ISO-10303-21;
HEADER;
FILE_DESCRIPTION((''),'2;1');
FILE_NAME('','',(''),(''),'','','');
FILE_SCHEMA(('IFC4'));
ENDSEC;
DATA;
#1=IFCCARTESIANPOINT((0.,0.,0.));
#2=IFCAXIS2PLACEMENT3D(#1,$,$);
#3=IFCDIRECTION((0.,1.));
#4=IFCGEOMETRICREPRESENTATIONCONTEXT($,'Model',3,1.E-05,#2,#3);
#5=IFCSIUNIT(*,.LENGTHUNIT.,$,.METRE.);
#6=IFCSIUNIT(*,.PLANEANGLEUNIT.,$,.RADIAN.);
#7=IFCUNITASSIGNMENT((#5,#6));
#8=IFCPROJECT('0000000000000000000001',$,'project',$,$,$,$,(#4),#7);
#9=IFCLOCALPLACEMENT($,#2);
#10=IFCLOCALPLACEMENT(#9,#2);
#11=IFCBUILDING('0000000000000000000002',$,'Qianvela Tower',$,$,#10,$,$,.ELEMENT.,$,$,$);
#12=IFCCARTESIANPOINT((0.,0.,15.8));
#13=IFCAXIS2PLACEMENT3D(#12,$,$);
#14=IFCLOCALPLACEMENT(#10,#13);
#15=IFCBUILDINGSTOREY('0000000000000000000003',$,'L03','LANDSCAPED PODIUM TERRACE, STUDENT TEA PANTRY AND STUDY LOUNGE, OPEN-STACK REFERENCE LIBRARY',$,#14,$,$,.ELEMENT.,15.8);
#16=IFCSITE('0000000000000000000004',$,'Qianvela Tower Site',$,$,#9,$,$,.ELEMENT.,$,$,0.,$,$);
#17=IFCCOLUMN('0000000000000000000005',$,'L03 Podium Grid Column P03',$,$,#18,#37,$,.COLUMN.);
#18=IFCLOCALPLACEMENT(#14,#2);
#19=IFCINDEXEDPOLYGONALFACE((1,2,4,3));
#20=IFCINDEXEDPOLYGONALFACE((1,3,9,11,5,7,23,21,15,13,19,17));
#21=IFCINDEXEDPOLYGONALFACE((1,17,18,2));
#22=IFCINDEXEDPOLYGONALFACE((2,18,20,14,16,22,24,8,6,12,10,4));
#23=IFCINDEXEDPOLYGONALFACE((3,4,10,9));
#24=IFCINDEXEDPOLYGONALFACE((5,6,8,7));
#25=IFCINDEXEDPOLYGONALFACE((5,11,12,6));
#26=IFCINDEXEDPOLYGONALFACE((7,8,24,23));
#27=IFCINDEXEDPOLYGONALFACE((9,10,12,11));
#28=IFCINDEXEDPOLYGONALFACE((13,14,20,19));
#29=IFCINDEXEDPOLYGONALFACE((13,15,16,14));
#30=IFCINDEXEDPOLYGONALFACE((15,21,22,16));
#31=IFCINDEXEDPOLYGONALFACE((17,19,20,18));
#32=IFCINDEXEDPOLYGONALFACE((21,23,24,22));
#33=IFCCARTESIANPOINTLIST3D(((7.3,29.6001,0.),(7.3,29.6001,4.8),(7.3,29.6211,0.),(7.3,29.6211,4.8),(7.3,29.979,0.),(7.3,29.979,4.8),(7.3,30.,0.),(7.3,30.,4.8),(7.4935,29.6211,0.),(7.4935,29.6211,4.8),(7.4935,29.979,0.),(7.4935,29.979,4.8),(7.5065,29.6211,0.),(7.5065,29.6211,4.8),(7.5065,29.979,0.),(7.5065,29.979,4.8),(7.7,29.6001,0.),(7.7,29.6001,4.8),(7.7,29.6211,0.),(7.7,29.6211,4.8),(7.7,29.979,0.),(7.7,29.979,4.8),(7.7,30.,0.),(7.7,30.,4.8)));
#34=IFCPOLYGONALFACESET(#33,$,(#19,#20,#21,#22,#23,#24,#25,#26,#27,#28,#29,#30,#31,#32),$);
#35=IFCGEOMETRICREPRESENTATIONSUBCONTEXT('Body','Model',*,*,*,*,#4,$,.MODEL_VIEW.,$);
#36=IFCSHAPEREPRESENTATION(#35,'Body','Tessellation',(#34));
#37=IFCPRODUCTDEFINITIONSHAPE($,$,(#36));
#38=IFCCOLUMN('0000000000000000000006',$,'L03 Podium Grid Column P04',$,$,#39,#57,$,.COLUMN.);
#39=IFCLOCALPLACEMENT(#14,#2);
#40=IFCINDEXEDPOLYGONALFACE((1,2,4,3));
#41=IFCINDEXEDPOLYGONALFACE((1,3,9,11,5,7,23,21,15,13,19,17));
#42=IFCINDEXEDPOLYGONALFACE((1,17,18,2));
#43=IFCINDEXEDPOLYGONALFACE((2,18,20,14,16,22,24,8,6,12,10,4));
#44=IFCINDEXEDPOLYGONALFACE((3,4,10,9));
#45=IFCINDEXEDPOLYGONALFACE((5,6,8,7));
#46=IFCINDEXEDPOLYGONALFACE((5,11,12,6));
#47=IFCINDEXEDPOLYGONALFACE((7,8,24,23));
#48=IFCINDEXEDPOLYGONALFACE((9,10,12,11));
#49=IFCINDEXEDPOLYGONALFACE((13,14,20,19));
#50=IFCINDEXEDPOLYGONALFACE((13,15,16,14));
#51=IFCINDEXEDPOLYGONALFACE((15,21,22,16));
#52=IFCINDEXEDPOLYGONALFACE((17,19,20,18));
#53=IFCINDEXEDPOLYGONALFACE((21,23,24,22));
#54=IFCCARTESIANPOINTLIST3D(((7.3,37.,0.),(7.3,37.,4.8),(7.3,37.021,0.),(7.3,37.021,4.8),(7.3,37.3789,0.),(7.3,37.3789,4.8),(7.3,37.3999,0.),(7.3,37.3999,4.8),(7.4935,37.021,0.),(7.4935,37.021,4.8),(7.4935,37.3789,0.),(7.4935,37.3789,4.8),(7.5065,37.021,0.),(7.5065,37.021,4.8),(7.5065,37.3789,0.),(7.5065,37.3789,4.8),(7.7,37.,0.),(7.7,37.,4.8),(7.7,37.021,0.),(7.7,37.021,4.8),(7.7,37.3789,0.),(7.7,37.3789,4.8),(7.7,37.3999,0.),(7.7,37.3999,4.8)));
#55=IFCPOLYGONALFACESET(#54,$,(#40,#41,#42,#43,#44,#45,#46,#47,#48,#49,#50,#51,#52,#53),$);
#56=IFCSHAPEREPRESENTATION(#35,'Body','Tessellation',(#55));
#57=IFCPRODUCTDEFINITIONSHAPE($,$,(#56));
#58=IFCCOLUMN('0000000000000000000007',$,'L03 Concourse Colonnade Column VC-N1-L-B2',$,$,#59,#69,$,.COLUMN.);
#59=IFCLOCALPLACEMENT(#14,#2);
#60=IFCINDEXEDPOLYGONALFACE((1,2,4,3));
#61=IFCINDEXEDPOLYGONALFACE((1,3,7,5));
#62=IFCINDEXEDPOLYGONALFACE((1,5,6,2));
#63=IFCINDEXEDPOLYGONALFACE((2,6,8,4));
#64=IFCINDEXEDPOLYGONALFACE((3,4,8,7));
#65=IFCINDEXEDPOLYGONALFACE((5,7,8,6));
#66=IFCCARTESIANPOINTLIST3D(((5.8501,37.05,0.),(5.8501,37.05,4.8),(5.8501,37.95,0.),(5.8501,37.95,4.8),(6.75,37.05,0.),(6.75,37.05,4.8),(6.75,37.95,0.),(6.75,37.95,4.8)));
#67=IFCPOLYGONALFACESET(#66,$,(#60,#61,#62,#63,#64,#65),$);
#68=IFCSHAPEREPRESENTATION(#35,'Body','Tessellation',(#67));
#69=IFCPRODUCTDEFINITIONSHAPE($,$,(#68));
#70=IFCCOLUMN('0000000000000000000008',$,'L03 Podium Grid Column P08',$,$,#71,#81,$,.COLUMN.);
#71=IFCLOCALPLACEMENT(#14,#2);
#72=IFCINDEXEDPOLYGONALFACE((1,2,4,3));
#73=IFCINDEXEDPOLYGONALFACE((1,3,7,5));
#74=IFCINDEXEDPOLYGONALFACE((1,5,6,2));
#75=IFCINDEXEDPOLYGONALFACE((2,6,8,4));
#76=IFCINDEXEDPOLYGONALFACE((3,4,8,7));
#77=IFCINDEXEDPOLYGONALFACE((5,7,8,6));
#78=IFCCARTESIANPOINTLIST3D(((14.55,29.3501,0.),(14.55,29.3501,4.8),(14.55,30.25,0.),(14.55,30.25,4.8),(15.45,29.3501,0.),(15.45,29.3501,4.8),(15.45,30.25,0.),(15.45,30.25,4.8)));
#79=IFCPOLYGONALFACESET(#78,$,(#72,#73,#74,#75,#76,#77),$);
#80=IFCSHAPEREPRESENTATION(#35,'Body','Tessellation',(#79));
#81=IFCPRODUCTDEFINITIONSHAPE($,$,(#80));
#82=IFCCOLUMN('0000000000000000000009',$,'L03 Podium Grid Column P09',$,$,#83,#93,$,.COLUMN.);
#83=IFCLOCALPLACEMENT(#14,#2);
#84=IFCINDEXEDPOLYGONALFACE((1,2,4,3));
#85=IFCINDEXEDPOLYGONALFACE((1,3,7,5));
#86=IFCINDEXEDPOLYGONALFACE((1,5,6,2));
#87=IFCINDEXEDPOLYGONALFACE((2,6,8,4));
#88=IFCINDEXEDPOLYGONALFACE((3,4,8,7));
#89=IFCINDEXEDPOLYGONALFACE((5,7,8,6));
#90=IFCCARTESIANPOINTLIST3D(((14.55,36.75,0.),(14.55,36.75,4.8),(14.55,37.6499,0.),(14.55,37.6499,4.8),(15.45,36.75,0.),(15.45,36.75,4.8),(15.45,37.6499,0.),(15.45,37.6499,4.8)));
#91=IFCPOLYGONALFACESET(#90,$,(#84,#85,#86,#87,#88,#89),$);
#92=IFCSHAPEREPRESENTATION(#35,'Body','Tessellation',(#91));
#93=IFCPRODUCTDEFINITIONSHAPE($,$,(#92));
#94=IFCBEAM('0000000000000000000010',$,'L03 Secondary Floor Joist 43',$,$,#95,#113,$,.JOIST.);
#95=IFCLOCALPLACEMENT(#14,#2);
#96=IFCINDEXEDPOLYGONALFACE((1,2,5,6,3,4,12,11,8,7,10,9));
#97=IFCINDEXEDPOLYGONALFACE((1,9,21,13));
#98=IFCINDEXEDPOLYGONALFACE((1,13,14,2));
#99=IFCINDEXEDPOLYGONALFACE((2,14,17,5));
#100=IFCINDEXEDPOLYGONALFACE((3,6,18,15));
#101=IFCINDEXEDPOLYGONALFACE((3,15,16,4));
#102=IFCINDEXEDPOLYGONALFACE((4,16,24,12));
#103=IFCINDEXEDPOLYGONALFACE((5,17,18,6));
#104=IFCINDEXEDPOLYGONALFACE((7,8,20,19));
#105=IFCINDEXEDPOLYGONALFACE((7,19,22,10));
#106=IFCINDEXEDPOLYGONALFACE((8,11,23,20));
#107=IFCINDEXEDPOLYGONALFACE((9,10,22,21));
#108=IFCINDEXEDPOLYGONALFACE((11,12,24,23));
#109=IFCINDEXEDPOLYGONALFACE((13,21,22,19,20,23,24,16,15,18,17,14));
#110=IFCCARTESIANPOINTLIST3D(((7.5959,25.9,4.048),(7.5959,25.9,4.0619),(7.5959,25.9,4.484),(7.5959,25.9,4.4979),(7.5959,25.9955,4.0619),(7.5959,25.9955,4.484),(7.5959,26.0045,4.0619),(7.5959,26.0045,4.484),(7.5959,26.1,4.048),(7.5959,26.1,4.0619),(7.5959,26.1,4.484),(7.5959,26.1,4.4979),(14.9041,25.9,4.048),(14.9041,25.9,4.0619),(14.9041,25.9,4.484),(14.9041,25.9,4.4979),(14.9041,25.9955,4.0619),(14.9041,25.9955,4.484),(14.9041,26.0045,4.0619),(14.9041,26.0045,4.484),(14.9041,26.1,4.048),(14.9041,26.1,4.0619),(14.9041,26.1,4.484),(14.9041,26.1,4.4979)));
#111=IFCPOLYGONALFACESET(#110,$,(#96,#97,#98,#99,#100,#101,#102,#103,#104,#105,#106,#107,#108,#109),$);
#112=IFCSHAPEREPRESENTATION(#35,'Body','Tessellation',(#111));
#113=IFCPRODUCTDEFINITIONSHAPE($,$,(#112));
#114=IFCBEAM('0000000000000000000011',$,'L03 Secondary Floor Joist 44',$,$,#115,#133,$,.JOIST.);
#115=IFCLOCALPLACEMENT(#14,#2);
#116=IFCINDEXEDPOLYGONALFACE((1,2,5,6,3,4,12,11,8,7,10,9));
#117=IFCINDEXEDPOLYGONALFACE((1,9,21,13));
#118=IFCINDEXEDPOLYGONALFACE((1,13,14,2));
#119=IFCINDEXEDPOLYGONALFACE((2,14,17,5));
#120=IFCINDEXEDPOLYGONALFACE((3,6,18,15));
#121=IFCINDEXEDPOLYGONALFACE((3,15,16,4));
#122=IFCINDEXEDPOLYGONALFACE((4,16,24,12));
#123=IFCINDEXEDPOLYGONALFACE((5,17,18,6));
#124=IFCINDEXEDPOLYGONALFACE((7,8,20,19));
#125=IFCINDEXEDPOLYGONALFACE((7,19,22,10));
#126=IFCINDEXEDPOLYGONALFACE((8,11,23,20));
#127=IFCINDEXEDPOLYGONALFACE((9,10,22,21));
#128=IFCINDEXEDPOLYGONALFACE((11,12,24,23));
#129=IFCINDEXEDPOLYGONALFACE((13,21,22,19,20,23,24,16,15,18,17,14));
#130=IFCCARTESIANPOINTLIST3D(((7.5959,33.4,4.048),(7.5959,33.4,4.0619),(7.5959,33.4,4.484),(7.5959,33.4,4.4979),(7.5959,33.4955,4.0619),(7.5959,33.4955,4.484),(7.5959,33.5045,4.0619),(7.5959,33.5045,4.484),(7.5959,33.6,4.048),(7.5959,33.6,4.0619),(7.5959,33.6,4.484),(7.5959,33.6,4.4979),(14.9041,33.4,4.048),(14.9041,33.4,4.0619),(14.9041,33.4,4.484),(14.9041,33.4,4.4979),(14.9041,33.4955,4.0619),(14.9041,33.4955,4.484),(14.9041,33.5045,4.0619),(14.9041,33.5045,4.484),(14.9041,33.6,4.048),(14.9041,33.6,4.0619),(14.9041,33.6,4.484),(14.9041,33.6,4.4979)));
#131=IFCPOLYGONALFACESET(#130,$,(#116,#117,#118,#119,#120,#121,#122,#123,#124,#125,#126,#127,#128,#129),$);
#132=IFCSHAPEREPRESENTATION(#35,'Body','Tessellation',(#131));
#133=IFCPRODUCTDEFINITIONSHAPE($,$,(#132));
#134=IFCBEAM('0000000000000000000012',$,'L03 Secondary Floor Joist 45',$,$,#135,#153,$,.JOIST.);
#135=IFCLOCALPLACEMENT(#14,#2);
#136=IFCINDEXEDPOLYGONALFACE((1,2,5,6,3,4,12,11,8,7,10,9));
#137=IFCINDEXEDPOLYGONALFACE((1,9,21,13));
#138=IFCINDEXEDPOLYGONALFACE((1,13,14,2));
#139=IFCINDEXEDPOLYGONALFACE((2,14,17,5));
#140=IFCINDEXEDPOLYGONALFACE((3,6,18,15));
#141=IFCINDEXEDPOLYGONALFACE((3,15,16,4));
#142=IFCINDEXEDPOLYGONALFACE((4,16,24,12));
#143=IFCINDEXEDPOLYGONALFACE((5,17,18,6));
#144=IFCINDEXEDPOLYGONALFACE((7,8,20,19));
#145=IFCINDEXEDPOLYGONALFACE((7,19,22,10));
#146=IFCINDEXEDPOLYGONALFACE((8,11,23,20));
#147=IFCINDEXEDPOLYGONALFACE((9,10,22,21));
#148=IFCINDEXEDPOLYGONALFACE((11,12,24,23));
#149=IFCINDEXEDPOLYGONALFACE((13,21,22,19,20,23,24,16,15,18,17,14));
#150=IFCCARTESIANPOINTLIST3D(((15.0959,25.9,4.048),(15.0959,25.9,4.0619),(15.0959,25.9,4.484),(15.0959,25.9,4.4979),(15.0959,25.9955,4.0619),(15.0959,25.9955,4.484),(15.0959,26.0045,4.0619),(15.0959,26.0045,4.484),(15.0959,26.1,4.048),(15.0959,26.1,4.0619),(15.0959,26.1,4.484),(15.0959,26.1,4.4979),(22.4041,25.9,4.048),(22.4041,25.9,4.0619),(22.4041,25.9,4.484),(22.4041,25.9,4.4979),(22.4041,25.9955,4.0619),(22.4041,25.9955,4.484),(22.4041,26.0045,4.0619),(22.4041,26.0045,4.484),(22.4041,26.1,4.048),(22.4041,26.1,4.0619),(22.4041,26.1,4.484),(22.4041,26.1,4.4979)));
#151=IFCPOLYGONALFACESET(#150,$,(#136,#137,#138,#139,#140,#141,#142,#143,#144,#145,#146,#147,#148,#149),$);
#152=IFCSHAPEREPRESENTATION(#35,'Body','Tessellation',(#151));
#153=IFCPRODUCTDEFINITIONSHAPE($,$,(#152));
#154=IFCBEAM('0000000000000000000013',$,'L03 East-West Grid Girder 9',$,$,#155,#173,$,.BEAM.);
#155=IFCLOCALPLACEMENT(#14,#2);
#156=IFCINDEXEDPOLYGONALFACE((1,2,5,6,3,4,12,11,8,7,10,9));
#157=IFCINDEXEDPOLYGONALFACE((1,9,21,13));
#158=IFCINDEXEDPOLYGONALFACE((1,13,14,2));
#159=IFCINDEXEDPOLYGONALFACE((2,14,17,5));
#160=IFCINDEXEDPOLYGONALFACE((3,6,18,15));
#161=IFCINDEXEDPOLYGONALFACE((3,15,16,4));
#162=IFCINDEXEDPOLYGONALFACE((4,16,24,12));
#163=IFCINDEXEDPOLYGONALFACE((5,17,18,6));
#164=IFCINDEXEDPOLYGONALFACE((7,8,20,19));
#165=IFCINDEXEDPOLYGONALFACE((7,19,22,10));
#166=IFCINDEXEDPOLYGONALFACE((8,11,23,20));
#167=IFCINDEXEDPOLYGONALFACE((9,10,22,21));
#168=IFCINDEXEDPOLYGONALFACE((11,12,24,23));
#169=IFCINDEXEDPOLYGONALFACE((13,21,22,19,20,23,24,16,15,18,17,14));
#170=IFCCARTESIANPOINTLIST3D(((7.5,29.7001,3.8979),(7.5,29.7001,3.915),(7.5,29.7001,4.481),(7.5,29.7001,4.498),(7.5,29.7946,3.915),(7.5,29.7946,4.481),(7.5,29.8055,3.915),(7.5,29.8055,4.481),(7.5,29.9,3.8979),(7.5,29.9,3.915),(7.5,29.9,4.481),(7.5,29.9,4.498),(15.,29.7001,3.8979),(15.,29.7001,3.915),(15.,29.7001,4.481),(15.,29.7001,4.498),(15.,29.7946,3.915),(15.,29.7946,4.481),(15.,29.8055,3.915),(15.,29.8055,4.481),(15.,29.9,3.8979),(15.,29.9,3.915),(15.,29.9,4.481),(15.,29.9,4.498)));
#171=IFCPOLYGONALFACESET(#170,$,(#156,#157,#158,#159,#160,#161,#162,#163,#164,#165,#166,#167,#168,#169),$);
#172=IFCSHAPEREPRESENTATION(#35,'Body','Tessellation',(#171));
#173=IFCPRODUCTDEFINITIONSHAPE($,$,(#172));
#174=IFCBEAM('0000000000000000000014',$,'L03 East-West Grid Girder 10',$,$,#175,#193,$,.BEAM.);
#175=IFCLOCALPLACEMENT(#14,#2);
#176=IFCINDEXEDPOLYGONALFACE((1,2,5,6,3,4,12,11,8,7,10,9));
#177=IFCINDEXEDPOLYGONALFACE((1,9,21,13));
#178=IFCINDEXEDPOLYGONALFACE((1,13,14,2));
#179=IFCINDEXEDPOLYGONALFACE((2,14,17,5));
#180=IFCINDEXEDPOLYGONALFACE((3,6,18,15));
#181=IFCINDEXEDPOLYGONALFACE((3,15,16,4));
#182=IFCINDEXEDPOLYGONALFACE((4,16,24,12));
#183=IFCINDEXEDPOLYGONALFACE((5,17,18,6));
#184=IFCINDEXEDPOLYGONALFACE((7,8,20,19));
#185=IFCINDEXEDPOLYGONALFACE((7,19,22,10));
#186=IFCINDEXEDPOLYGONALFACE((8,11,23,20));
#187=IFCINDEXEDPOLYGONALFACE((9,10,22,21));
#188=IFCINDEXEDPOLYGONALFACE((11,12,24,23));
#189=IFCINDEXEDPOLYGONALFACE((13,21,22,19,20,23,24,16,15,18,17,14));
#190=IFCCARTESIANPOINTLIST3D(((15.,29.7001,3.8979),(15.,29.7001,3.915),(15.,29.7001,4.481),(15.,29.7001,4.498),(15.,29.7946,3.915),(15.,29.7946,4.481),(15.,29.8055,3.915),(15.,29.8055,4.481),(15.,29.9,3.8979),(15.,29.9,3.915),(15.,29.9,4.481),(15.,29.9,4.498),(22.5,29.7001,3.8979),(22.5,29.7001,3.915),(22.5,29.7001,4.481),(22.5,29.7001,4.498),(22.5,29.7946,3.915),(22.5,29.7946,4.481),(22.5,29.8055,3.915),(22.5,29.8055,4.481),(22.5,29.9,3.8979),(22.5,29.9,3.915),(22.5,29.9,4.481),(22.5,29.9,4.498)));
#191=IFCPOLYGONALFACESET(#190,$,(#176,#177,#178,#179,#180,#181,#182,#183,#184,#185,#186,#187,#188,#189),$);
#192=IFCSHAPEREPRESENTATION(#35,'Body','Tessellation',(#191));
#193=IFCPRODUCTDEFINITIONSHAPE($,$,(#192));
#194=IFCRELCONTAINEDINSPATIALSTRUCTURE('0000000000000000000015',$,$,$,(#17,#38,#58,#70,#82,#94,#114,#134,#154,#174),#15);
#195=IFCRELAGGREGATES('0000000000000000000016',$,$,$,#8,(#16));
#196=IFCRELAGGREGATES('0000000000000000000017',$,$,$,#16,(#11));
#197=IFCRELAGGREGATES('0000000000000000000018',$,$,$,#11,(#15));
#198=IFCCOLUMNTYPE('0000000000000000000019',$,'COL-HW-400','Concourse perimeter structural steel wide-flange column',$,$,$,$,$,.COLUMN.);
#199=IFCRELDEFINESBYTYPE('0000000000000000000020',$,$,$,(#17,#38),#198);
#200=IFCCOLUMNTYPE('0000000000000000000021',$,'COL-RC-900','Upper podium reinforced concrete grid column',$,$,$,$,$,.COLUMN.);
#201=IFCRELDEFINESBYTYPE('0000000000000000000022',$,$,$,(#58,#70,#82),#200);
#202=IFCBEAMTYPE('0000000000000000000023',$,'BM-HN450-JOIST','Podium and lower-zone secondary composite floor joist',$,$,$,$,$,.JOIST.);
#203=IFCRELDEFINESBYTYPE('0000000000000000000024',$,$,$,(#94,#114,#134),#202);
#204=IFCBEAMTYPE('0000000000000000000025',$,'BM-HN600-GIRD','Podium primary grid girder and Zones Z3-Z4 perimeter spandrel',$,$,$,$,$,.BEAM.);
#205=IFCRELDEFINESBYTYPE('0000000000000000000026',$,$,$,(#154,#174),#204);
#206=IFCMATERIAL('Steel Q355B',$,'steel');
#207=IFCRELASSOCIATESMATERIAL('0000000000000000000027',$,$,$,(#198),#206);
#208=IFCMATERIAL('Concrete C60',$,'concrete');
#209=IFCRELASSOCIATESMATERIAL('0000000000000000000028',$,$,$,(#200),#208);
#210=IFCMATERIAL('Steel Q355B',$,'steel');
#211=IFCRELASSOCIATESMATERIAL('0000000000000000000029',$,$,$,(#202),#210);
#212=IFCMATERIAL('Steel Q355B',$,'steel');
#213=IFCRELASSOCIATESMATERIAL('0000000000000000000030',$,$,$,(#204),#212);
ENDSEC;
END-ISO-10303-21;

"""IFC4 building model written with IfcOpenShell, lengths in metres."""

from ifc_helpers import new_model, si_unit, direction, frame, origin, origin_2d, place, context, subcontext, project, spatial, rectangle, i_section, extrude, material, material_profile, profile_set, type_object, element, save


model = new_model("IFC4")

# Units and contexts
model_context = context("Model", 3, precision=1e-05, world=origin(), true_north=direction((0.0, 1.0)))
body_context = subcontext(model_context, "Body", "Model", "MODEL_VIEW")
ifc_project = project(units=[si_unit("LENGTHUNIT", "METRE"), si_unit("PLANEANGLEUNIT", "RADIAN")], contexts=[model_context])

# Site, building, storey
site_placement = place(None, origin())
site = spatial("IfcSite", under=ifc_project, at=site_placement, Name="Qianvela Tower Site", CompositionType="ELEMENT", RefElevation=0.0)
building_placement = place(site_placement, origin())
building = spatial("IfcBuilding", under=site, at=building_placement, Name="Qianvela Tower", CompositionType="ELEMENT")
storey_placement = place(building_placement, frame((0.0, 0.0, 15.8)))
storey = spatial("IfcBuildingStorey", under=building, at=storey_placement, Name="L03", Description="LANDSCAPED PODIUM TERRACE, STUDENT TEA PANTRY AND STUDY LOUNGE, OPEN-STACK REFERENCE LIBRARY", CompositionType="ELEMENT", Elevation=15.8)

# Columns
ifc_material_1 = material(Name="Steel Q355B", Category="steel")
ifc_material_profile_1 = material_profile(ifc_material_1, i_section(OverallWidth=0.3999, OverallDepth=0.3999, WebThickness=0.0129, FlangeThickness=0.021, at=origin_2d()), Name="HW400x400x13x21")
ifc_profile_set_1 = profile_set([ifc_material_profile_1], Name="Steel Q355B")
column_type_1 = type_object("IfcColumnType", Name="COL-HW-400", Description="Concourse perimeter structural steel wide-flange column", PredefinedType="COLUMN", material=ifc_profile_set_1)
for number, where, z_axis, x_axis, name in (
    (1, (7.5, 29.8, 0.0), (0.0, 0.0, 1.0), (1.0, 0.0, 0.0), "L03 Podium Grid Column P03"),
    (2, (7.5, 37.2, 0.0), (0.0, 0.0, 1.0), (1.0, 0.0, 0.0), "L03 Podium Grid Column P04"),
):
    element("IfcColumn", number, at=place(storey_placement, frame(where, z_axis=z_axis, x_axis=x_axis)), inside=storey, type_object=column_type_1, Name=name, PredefinedType="COLUMN", context=body_context, shape_type="SweptSolid", body=[
        extrude(i_section(OverallWidth=0.3999, OverallDepth=0.3999, WebThickness=0.0129, FlangeThickness=0.021, at=origin_2d()), origin(), (0.0, 0.0, 1.0), 4.8),
    ])
ifc_material_2 = material(Name="Concrete C60", Category="concrete")
ifc_material_profile_2 = material_profile(ifc_material_2, rectangle(XDim=0.8999, YDim=0.8999, at=origin_2d()), Name="RC-COL-900x900")
ifc_profile_set_2 = profile_set([ifc_material_profile_2], Name="Concrete C60")
column_type_2 = type_object("IfcColumnType", Name="COL-RC-900", Description="Upper podium reinforced concrete grid column", PredefinedType="COLUMN", material=ifc_profile_set_2)
for number, where, z_axis, x_axis, name in (
    (3, (6.3, 37.5, 0.0), (0.0, 0.0, 1.0), (1.0, 0.0, 0.0), "L03 Concourse Colonnade Column VC-N1-L-B2"),
    (4, (15.0, 29.8, 0.0), (0.0, 0.0, 1.0), (1.0, 0.0, 0.0), "L03 Podium Grid Column P08"),
    (5, (15.0, 37.2, 0.0), (0.0, 0.0, 1.0), (1.0, 0.0, 0.0), "L03 Podium Grid Column P09"),
):
    element("IfcColumn", number, at=place(storey_placement, frame(where, z_axis=z_axis, x_axis=x_axis)), inside=storey, type_object=column_type_2, Name=name, PredefinedType="COLUMN", context=body_context, shape_type="SweptSolid", body=[
        extrude(rectangle(XDim=0.8999, YDim=0.8999, at=origin_2d()), origin(), (0.0, 0.0, 1.0), 4.8),
    ])

# Beams
ifc_material_3 = material(Name="Steel Q355B", Category="steel")
ifc_material_profile_3 = material_profile(ifc_material_3, i_section(OverallWidth=0.2, OverallDepth=0.45, WebThickness=0.009, FlangeThickness=0.0139, at=origin_2d()), Name="HN450x200x9x14")
ifc_profile_set_3 = profile_set([ifc_material_profile_3], Name="Steel Q355B")
beam_type_1 = type_object("IfcBeamType", Name="BM-HN450-JOIST", Description="Podium and lower-zone secondary composite floor joist", PredefinedType="JOIST", material=ifc_profile_set_3)
for number, where, z_axis, x_axis, name in (
    (6, (7.5959, 26.0, 4.2729), (1.0, 0.0, 0.0), (0.0, 1.0, 0.0), "L03 Secondary Floor Joist 43"),
    (7, (7.5959, 33.5, 4.2729), (1.0, 0.0, 0.0), (0.0, 1.0, 0.0), "L03 Secondary Floor Joist 44"),
    (8, (15.0959, 26.0, 4.2729), (1.0, 0.0, 0.0), (0.0, 1.0, 0.0), "L03 Secondary Floor Joist 45"),
):
    element("IfcBeam", number, at=place(storey_placement, frame(where, z_axis=z_axis, x_axis=x_axis)), inside=storey, type_object=beam_type_1, Name=name, PredefinedType="JOIST", context=body_context, shape_type="SweptSolid", body=[
        extrude(i_section(OverallWidth=0.2, OverallDepth=0.45, WebThickness=0.009, FlangeThickness=0.0139, at=origin_2d()), origin(), (0.0, 0.0, 1.0), 7.3081),
    ])
ifc_material_4 = material(Name="Steel Q355B", Category="steel")
ifc_material_profile_4 = material_profile(ifc_material_4, i_section(OverallWidth=0.2, OverallDepth=0.6001, WebThickness=0.011, FlangeThickness=0.0171, at=origin_2d()), Name="HN600x200x11x17")
ifc_profile_set_4 = profile_set([ifc_material_profile_4], Name="Steel Q355B")
beam_type_2 = type_object("IfcBeamType", Name="BM-HN600-GIRD", Description="Podium primary grid girder and Zones Z3-Z4 perimeter spandrel", PredefinedType="BEAM", material=ifc_profile_set_4)
for number, where, z_axis, x_axis, name in (
    (9, (7.5, 29.8, 4.198), (1.0, 0.0, 0.0), (0.0, 1.0, 0.0), "L03 East-West Grid Girder 9"),
    (10, (15.0, 29.8, 4.198), (1.0, 0.0, 0.0), (0.0, 1.0, 0.0), "L03 East-West Grid Girder 10"),
):
    element("IfcBeam", number, at=place(storey_placement, frame(where, z_axis=z_axis, x_axis=x_axis)), inside=storey, type_object=beam_type_2, Name=name, PredefinedType="BEAM", context=body_context, shape_type="SweptSolid", body=[
        extrude(i_section(OverallWidth=0.2, OverallDepth=0.6001, WebThickness=0.011, FlangeThickness=0.0171, at=origin_2d()), origin(), (0.0, 0.0, 1.0), 7.5),
    ])

save(model, "model.ifc")
